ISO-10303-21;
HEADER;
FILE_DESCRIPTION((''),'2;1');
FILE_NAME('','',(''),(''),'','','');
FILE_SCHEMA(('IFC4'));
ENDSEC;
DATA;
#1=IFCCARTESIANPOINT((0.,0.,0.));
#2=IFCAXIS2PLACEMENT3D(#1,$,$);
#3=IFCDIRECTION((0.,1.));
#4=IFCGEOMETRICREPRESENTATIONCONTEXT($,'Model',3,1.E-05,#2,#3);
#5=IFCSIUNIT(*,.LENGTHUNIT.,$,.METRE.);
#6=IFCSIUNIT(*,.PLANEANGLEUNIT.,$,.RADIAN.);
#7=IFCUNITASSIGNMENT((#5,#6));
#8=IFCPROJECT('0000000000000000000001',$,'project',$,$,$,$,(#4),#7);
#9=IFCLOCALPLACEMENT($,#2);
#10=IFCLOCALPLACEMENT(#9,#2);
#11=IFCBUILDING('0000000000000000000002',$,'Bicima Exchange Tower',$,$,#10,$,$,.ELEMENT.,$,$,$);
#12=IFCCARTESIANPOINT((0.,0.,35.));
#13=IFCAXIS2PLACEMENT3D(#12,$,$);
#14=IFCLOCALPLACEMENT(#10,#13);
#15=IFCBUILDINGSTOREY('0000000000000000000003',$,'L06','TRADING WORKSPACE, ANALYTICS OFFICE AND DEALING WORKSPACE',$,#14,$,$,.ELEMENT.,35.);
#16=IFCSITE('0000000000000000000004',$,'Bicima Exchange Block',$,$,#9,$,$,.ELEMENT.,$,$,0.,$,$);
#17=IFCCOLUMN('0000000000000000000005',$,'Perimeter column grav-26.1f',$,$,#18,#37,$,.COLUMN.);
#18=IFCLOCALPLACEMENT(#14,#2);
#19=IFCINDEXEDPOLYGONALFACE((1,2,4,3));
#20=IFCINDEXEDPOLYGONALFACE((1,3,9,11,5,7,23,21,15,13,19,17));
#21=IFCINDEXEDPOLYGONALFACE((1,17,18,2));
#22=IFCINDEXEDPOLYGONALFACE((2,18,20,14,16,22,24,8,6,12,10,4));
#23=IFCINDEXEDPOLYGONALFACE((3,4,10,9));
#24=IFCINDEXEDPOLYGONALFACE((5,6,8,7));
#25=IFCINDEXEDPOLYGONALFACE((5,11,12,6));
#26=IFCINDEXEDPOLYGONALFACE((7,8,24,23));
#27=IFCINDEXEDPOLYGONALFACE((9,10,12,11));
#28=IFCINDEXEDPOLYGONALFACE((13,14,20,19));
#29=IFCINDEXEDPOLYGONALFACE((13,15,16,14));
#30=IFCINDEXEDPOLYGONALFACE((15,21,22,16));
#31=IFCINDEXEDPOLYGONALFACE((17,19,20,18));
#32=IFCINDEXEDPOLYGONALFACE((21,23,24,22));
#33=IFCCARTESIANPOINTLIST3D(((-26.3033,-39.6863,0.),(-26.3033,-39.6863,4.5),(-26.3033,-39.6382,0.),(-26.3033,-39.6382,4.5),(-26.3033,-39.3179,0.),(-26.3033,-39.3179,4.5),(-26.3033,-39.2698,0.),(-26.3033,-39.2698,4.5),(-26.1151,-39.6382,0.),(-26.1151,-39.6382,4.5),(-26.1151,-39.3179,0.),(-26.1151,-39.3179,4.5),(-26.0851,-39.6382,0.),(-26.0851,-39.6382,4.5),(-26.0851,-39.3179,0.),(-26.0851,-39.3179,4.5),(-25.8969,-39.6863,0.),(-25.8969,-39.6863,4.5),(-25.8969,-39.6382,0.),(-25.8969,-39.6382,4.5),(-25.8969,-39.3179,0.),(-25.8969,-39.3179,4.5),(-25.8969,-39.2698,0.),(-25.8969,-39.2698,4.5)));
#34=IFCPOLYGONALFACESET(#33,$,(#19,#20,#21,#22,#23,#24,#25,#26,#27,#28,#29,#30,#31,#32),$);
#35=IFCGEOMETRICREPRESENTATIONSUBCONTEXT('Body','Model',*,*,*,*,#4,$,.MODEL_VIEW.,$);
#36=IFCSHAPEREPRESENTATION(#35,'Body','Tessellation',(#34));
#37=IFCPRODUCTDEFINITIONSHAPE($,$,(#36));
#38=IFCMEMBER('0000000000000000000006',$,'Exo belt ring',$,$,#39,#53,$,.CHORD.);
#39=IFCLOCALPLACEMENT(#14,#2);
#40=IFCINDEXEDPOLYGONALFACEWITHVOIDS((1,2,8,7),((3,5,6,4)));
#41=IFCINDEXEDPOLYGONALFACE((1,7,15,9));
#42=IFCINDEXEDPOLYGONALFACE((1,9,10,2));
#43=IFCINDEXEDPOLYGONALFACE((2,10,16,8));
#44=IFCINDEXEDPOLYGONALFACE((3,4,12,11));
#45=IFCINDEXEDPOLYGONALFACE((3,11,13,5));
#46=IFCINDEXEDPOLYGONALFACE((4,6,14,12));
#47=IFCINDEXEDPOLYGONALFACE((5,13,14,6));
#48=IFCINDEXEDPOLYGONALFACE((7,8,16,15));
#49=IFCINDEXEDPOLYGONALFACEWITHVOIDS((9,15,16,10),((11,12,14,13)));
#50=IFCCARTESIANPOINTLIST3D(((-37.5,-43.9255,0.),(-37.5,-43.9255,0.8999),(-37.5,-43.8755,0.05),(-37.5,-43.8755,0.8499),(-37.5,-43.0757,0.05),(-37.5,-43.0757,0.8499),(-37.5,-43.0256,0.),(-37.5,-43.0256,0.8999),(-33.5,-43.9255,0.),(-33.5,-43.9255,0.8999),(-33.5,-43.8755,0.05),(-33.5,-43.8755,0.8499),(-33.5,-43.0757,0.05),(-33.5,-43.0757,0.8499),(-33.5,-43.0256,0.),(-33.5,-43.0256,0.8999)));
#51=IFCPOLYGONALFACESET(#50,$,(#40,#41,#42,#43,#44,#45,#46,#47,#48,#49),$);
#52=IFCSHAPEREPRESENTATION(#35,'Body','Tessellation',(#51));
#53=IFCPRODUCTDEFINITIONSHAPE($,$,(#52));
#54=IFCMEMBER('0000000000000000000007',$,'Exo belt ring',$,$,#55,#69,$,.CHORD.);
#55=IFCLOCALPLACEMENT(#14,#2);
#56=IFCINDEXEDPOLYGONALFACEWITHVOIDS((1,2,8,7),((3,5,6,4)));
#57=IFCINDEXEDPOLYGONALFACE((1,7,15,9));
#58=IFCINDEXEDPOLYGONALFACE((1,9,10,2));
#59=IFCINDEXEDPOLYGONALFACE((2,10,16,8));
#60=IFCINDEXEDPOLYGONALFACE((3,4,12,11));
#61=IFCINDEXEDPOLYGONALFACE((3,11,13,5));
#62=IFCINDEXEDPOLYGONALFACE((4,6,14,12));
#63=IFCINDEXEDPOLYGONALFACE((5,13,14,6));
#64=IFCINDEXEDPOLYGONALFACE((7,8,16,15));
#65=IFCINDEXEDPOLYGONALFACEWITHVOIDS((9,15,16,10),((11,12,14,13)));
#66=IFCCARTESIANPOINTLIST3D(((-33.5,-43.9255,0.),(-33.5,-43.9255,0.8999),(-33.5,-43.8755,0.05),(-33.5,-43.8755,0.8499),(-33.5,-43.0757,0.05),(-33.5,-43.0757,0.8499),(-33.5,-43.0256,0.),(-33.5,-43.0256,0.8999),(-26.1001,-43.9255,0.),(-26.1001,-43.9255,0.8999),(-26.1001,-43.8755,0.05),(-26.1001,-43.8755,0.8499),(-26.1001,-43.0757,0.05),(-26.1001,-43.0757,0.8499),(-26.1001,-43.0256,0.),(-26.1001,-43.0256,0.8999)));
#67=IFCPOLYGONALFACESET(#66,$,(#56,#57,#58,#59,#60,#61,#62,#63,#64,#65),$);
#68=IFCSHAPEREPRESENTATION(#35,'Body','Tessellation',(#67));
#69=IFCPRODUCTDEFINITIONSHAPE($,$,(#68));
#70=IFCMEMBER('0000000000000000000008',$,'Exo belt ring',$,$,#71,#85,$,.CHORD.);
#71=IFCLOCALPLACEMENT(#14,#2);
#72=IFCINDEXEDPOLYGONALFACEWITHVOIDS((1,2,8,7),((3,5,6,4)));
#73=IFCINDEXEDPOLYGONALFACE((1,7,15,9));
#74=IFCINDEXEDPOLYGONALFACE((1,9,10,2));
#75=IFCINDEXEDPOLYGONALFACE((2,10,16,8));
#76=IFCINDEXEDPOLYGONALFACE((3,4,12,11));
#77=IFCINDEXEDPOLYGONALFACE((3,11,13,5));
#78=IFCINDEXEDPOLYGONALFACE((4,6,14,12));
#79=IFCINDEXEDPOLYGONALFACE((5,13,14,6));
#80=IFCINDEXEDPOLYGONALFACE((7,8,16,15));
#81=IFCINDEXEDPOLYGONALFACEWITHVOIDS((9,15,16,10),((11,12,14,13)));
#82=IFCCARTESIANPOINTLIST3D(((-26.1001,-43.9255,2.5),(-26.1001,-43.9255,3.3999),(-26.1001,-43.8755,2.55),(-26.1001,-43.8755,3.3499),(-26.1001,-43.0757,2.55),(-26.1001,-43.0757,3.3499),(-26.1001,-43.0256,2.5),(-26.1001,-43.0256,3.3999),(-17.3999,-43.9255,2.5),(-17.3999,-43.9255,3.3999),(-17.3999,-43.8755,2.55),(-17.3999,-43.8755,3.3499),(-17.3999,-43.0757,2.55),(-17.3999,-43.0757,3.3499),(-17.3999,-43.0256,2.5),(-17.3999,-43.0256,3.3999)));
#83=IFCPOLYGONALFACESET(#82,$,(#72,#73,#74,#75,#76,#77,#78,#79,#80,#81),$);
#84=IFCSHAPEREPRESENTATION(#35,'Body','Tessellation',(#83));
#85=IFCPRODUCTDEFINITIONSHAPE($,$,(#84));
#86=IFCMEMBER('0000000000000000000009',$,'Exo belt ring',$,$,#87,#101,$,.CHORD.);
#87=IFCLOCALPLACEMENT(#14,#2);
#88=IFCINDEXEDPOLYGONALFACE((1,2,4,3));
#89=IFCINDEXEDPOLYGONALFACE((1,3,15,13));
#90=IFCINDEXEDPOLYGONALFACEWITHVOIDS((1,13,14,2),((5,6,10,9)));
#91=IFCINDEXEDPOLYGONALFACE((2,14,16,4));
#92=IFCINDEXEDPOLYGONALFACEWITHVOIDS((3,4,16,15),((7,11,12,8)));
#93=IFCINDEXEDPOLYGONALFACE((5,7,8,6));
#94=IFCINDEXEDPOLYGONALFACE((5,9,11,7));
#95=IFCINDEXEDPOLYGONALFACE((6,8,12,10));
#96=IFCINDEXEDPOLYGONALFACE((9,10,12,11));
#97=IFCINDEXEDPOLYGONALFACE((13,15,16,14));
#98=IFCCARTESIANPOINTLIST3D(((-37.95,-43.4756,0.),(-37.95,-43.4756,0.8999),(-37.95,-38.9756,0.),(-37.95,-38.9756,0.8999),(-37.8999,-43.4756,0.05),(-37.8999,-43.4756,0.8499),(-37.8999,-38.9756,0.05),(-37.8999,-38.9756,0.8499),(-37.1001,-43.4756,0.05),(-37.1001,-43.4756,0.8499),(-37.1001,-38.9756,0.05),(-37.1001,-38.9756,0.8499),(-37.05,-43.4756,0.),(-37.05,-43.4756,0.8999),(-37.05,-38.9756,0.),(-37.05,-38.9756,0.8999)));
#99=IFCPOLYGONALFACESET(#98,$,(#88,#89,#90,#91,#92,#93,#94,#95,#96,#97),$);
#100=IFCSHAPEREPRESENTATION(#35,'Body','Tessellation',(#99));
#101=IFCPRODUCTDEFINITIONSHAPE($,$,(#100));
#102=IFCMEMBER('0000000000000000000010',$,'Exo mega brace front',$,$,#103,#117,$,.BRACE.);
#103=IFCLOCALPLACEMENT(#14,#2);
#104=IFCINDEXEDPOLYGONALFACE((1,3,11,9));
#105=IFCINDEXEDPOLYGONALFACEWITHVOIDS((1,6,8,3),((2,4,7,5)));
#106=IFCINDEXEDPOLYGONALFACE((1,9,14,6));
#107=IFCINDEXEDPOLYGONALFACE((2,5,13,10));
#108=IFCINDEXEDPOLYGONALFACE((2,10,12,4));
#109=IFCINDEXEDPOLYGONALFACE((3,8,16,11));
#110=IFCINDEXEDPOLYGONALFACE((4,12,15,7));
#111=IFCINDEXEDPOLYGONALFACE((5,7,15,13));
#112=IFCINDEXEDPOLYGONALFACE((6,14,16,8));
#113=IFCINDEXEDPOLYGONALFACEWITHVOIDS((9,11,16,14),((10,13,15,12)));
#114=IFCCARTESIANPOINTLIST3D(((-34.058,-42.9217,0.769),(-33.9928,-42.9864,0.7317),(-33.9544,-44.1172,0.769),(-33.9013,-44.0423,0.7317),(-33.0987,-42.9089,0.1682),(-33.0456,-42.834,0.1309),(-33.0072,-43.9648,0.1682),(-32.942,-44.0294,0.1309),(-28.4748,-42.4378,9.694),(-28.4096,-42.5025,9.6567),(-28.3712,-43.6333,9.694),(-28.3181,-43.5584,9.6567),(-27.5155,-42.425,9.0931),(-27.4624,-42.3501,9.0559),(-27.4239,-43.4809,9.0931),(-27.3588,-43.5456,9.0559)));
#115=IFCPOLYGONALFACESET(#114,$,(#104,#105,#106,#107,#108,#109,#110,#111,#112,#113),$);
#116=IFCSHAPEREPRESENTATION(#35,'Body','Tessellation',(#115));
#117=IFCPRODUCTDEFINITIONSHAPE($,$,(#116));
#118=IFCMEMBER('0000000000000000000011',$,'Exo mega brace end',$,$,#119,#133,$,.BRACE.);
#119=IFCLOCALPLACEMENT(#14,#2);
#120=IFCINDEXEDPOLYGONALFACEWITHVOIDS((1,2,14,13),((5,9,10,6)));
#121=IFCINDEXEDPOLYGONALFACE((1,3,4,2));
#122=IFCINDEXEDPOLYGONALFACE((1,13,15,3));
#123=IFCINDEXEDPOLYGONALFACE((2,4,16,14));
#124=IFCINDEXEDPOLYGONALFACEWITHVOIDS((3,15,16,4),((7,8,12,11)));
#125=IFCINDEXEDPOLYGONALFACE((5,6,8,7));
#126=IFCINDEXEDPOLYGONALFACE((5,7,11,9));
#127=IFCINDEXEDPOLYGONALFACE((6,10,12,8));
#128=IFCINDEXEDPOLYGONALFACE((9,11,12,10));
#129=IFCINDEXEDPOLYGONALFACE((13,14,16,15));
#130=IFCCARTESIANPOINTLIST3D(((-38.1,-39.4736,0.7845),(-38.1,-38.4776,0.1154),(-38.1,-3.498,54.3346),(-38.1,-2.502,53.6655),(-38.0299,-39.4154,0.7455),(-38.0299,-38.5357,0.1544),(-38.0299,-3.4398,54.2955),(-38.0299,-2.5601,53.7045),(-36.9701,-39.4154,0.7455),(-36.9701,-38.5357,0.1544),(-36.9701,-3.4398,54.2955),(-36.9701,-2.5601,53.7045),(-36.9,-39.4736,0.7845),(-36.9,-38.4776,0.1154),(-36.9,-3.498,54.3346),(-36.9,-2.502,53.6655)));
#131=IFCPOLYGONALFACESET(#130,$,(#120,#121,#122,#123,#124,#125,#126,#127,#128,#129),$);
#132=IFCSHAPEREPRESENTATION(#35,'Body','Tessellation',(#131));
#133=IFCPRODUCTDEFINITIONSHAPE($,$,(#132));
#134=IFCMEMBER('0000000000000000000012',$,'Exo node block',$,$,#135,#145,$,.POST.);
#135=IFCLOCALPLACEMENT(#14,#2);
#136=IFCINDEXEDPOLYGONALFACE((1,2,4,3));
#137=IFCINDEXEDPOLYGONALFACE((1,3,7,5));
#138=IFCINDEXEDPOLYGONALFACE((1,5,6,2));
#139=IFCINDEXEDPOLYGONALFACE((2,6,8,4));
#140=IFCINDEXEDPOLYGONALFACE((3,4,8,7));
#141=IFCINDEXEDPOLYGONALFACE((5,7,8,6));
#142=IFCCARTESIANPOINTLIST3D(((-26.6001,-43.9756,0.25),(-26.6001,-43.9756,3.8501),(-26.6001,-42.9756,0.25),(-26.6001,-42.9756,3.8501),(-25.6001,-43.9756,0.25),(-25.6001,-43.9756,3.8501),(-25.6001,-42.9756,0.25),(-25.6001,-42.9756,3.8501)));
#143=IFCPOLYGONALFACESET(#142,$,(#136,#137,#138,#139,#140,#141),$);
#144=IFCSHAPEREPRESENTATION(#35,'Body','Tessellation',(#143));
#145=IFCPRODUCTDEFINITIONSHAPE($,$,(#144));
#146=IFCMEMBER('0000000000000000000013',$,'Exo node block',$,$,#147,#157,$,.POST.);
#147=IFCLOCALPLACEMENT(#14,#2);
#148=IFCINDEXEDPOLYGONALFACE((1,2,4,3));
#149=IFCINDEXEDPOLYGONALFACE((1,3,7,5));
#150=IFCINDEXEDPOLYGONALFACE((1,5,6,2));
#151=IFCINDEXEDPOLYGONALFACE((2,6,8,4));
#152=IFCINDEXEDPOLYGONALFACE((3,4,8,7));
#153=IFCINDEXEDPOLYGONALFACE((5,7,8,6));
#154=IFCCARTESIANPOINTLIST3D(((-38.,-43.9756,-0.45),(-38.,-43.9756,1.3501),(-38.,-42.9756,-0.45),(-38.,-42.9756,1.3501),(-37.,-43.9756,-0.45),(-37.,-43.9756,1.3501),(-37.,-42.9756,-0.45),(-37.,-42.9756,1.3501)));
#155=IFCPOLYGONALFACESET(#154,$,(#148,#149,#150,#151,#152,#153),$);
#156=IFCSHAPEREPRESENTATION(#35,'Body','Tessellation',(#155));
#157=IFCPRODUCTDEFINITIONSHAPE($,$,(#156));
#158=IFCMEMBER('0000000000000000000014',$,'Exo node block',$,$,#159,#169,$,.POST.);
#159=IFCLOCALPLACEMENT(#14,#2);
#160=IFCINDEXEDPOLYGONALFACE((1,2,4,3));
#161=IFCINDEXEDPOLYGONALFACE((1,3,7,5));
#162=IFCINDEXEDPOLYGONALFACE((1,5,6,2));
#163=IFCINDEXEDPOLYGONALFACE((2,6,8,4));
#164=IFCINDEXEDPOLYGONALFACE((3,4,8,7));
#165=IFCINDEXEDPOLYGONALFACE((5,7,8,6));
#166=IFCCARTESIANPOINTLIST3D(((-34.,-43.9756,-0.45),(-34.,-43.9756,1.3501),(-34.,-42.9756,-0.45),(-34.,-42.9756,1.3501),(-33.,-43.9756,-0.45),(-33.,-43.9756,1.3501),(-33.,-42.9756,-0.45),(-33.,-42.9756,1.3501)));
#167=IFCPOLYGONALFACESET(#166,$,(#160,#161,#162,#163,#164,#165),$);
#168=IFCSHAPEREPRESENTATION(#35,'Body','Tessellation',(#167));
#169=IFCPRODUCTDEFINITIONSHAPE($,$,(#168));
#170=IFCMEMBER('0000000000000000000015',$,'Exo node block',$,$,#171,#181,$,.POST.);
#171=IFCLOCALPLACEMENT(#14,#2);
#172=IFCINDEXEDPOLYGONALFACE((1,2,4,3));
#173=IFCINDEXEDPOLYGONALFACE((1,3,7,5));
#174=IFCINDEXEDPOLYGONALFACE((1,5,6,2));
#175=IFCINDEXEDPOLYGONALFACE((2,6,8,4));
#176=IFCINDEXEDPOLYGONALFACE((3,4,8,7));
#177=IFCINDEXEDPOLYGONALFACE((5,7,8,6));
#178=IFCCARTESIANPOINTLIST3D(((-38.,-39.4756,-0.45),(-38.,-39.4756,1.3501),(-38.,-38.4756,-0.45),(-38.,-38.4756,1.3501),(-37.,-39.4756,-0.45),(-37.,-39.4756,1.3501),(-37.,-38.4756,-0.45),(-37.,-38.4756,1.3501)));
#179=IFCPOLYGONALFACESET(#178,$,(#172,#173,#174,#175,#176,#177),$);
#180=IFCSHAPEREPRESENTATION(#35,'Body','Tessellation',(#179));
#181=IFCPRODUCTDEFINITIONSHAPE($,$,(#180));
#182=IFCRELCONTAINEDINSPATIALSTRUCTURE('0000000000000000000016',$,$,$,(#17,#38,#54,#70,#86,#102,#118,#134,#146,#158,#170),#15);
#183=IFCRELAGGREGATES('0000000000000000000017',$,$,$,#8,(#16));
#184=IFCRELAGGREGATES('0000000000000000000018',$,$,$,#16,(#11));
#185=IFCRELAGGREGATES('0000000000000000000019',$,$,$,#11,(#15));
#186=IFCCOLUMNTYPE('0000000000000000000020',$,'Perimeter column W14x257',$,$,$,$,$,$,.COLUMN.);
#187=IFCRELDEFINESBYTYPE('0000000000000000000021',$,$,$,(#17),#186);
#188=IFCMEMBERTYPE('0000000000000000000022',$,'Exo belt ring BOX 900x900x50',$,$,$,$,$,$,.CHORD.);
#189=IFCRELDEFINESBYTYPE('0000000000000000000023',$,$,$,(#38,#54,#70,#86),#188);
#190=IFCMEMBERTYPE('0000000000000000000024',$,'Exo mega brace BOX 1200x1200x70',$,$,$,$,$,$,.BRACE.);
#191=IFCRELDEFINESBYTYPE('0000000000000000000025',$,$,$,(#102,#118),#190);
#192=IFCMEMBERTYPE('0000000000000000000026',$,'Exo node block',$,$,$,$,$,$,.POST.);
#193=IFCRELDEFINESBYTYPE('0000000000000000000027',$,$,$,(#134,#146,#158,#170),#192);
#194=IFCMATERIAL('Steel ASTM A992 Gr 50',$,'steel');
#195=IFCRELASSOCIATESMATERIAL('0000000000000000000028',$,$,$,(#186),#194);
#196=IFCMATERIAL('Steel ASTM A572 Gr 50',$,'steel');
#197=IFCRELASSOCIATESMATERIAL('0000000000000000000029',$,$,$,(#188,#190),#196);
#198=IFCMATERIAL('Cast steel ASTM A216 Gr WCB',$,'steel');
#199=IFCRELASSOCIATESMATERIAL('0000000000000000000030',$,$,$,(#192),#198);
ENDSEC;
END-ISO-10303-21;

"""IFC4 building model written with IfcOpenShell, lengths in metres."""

from ifc_helpers import new_model, si_unit, direction, frame, origin, origin_2d, place, context, subcontext, project, spatial, rectangle, hollow_rectangle, i_section, extrude, material, material_profile, profile_set, type_object, element, save


model = new_model("IFC4")

# Units and contexts
model_context = context("Model", 3, precision=1e-05, world=origin(), true_north=direction((0.0, 1.0)))
body_context = subcontext(model_context, "Body", "Model", "MODEL_VIEW")
ifc_project = project(units=[si_unit("LENGTHUNIT", "METRE"), si_unit("PLANEANGLEUNIT", "RADIAN")], contexts=[model_context])

# Site, building, storey
site_placement = place(None, origin())
site = spatial("IfcSite", under=ifc_project, at=site_placement, Name="Bicima Exchange Block", CompositionType="ELEMENT", RefElevation=0.0)
building_placement = place(site_placement, origin())
building = spatial("IfcBuilding", under=site, at=building_placement, Name="Bicima Exchange Tower", CompositionType="ELEMENT")
storey_placement = place(building_placement, frame((0.0, 0.0, 35.0)))
storey = spatial("IfcBuildingStorey", under=building, at=storey_placement, Name="L06", Description="TRADING WORKSPACE, ANALYTICS OFFICE AND DEALING WORKSPACE", CompositionType="ELEMENT", Elevation=35.0)

# Column
ifc_material_1 = material(Name="Steel ASTM A992 Gr 50", Category="steel")
ifc_material_profile_1 = material_profile(ifc_material_1, i_section(OverallWidth=0.4065, OverallDepth=0.4165, WebThickness=0.03, FlangeThickness=0.0481, at=origin_2d()))
ifc_profile_set_1 = profile_set([ifc_material_profile_1], Name="Steel ASTM A992 Gr 50")
column_type = type_object("IfcColumnType", Name="Perimeter column W14x257", PredefinedType="COLUMN", material=ifc_profile_set_1)
column_placement = place(storey_placement, frame((-26.1001, -39.478, 0.0), z_axis=(0.0, 0.0, 1.0), x_axis=(1.0, 0.0, 0.0)))
element("IfcColumn", 1, at=column_placement, inside=storey, type_object=column_type, Name="Perimeter column grav-26.1f", PredefinedType="COLUMN", context=body_context, shape_type="SweptSolid", body=[
    extrude(i_section(OverallWidth=0.4065, OverallDepth=0.4165, WebThickness=0.03, FlangeThickness=0.0481, at=origin_2d()), origin(), (0.0, 0.0, 1.0), 4.5),
])

# Members
ifc_material_2 = material(Name="Steel ASTM A572 Gr 50", Category="steel")
ifc_material_profile_2 = material_profile(ifc_material_2, hollow_rectangle(XDim=0.8999, YDim=0.8999, WallThickness=0.05, at=origin_2d()))
ifc_profile_set_2 = profile_set([ifc_material_profile_2], Name="Steel ASTM A572 Gr 50")
member_type_1 = type_object("IfcMemberType", Name="Exo belt ring BOX 900x900x50", PredefinedType="CHORD", material=ifc_profile_set_2)
member_1_placement = place(storey_placement, frame((-37.5, -43.4756, 0.45), z_axis=(1.0, 0.0, 0.0), x_axis=(0.0, 1.0, 0.0)))
element("IfcMember", 2, at=member_1_placement, inside=storey, type_object=member_type_1, Name="Exo belt ring", PredefinedType="CHORD", context=body_context, shape_type="SweptSolid", body=[
    extrude(hollow_rectangle(XDim=0.8999, YDim=0.8999, WallThickness=0.05, at=origin_2d()), origin(), (0.0, 0.0, 1.0), 4.0),
])
member_2_placement = place(storey_placement, frame((-33.5, -43.4756, 0.45), z_axis=(1.0, 0.0, 0.0), x_axis=(0.0, 1.0, 0.0)))
element("IfcMember", 3, at=member_2_placement, inside=storey, type_object=member_type_1, Name="Exo belt ring", PredefinedType="CHORD", context=body_context, shape_type="SweptSolid", body=[
    extrude(hollow_rectangle(XDim=0.8999, YDim=0.8999, WallThickness=0.05, at=origin_2d()), origin(), (0.0, 0.0, 1.0), 7.3999),
])
member_3_placement = place(storey_placement, frame((-26.1001, -43.4756, 2.95), z_axis=(1.0, 0.0, 0.0), x_axis=(0.0, 1.0, 0.0)))
element("IfcMember", 4, at=member_3_placement, inside=storey, type_object=member_type_1, Name="Exo belt ring", PredefinedType="CHORD", context=body_context, shape_type="SweptSolid", body=[
    extrude(hollow_rectangle(XDim=0.8999, YDim=0.8999, WallThickness=0.05, at=origin_2d()), origin(), (0.0, 0.0, 1.0), 8.7002),
])
member_4_placement = place(storey_placement, frame((-37.5, -38.9756, 0.45), z_axis=(0.0, -1.0, 0.0), x_axis=(1.0, 0.0, 0.0)))
element("IfcMember", 5, at=member_4_placement, inside=storey, type_object=member_type_1, Name="Exo belt ring", PredefinedType="CHORD", context=body_context, shape_type="SweptSolid", body=[
    extrude(hollow_rectangle(XDim=0.8999, YDim=0.8999, WallThickness=0.05, at=origin_2d()), origin(), (0.0, 0.0, 1.0), 4.5),
])
ifc_material_profile_3 = material_profile(ifc_material_2, hollow_rectangle(XDim=1.2, YDim=1.2, WallThickness=0.0701, at=origin_2d()))
ifc_profile_set_3 = profile_set([ifc_material_profile_3], Name="Steel ASTM A572 Gr 50")
member_type_2 = type_object("IfcMemberType", Name="Exo mega brace BOX 1200x1200x70", PredefinedType="BRACE", material=ifc_profile_set_3)
member_5_placement = place(storey_placement, frame((-33.5, -43.4756, 0.45), z_axis=(0.529788, 0.045915, 0.846887), x_axis=(-0.086344, 0.996265, 0.0)))
element("IfcMember", 6, at=member_5_placement, inside=storey, type_object=member_type_2, Name="Exo mega brace front", PredefinedType="BRACE", context=body_context, shape_type="SweptSolid", body=[
    extrude(hollow_rectangle(XDim=1.2, YDim=1.2, WallThickness=0.0701, at=origin_2d()), origin(), (0.0, 0.0, 1.0), 10.5386),
])
member_6_placement = place(storey_placement, frame((-37.5, -38.9756, 0.45), z_axis=(0.0, 0.557654, 0.830074), x_axis=(-1.0, 0.0, 0.0)))
element("IfcMember", 7, at=member_6_placement, inside=storey, type_object=member_type_2, Name="Exo mega brace end", PredefinedType="BRACE", context=body_context, shape_type="SweptSolid", body=[
    extrude(hollow_rectangle(XDim=1.2, YDim=1.2, WallThickness=0.0701, at=origin_2d()), origin(), (0.0, 0.0, 1.0), 64.5125),
])
ifc_material_3 = material(Name="Cast steel ASTM A216 Gr WCB", Category="steel")
ifc_material_profile_4 = material_profile(ifc_material_3, rectangle(XDim=1.0, YDim=1.0, at=origin_2d()))
ifc_profile_set_4 = profile_set([ifc_material_profile_4], Name="Cast steel ASTM A216 Gr WCB")
member_type_3 = type_object("IfcMemberType", Name="Exo node block", PredefinedType="POST", material=ifc_profile_set_4)
member_7_placement = place(storey_placement, frame((-26.1001, -43.4756, 0.25), z_axis=(0.0, 0.0, 1.0), x_axis=(1.0, 0.0, 0.0)))
element("IfcMember", 8, at=member_7_placement, inside=storey, type_object=member_type_3, Name="Exo node block", PredefinedType="POST", context=body_context, shape_type="SweptSolid", body=[
    extrude(rectangle(XDim=1.0, YDim=1.0, at=origin_2d()), origin(), (0.0, 0.0, 1.0), 3.6001),
])
for number, where, z_axis, x_axis, name in (
    (9, (-37.5, -43.4756, -0.45), (0.0, 0.0, 1.0), (1.0, 0.0, 0.0), "Exo node block"),
    (10, (-33.5, -43.4756, -0.45), (0.0, 0.0, 1.0), (1.0, 0.0, 0.0), "Exo node block"),
    (11, (-37.5, -38.9756, -0.45), (0.0, 0.0, 1.0), (1.0, 0.0, 0.0), "Exo node block"),
):
    element("IfcMember", number, at=place(storey_placement, frame(where, z_axis=z_axis, x_axis=x_axis)), inside=storey, type_object=member_type_3, Name=name, PredefinedType="POST", context=body_context, shape_type="SweptSolid", body=[
        extrude(rectangle(XDim=1.0, YDim=1.0, at=origin_2d()), origin(), (0.0, 0.0, 1.0), 1.8),
    ])

save(model, "model.ifc")
